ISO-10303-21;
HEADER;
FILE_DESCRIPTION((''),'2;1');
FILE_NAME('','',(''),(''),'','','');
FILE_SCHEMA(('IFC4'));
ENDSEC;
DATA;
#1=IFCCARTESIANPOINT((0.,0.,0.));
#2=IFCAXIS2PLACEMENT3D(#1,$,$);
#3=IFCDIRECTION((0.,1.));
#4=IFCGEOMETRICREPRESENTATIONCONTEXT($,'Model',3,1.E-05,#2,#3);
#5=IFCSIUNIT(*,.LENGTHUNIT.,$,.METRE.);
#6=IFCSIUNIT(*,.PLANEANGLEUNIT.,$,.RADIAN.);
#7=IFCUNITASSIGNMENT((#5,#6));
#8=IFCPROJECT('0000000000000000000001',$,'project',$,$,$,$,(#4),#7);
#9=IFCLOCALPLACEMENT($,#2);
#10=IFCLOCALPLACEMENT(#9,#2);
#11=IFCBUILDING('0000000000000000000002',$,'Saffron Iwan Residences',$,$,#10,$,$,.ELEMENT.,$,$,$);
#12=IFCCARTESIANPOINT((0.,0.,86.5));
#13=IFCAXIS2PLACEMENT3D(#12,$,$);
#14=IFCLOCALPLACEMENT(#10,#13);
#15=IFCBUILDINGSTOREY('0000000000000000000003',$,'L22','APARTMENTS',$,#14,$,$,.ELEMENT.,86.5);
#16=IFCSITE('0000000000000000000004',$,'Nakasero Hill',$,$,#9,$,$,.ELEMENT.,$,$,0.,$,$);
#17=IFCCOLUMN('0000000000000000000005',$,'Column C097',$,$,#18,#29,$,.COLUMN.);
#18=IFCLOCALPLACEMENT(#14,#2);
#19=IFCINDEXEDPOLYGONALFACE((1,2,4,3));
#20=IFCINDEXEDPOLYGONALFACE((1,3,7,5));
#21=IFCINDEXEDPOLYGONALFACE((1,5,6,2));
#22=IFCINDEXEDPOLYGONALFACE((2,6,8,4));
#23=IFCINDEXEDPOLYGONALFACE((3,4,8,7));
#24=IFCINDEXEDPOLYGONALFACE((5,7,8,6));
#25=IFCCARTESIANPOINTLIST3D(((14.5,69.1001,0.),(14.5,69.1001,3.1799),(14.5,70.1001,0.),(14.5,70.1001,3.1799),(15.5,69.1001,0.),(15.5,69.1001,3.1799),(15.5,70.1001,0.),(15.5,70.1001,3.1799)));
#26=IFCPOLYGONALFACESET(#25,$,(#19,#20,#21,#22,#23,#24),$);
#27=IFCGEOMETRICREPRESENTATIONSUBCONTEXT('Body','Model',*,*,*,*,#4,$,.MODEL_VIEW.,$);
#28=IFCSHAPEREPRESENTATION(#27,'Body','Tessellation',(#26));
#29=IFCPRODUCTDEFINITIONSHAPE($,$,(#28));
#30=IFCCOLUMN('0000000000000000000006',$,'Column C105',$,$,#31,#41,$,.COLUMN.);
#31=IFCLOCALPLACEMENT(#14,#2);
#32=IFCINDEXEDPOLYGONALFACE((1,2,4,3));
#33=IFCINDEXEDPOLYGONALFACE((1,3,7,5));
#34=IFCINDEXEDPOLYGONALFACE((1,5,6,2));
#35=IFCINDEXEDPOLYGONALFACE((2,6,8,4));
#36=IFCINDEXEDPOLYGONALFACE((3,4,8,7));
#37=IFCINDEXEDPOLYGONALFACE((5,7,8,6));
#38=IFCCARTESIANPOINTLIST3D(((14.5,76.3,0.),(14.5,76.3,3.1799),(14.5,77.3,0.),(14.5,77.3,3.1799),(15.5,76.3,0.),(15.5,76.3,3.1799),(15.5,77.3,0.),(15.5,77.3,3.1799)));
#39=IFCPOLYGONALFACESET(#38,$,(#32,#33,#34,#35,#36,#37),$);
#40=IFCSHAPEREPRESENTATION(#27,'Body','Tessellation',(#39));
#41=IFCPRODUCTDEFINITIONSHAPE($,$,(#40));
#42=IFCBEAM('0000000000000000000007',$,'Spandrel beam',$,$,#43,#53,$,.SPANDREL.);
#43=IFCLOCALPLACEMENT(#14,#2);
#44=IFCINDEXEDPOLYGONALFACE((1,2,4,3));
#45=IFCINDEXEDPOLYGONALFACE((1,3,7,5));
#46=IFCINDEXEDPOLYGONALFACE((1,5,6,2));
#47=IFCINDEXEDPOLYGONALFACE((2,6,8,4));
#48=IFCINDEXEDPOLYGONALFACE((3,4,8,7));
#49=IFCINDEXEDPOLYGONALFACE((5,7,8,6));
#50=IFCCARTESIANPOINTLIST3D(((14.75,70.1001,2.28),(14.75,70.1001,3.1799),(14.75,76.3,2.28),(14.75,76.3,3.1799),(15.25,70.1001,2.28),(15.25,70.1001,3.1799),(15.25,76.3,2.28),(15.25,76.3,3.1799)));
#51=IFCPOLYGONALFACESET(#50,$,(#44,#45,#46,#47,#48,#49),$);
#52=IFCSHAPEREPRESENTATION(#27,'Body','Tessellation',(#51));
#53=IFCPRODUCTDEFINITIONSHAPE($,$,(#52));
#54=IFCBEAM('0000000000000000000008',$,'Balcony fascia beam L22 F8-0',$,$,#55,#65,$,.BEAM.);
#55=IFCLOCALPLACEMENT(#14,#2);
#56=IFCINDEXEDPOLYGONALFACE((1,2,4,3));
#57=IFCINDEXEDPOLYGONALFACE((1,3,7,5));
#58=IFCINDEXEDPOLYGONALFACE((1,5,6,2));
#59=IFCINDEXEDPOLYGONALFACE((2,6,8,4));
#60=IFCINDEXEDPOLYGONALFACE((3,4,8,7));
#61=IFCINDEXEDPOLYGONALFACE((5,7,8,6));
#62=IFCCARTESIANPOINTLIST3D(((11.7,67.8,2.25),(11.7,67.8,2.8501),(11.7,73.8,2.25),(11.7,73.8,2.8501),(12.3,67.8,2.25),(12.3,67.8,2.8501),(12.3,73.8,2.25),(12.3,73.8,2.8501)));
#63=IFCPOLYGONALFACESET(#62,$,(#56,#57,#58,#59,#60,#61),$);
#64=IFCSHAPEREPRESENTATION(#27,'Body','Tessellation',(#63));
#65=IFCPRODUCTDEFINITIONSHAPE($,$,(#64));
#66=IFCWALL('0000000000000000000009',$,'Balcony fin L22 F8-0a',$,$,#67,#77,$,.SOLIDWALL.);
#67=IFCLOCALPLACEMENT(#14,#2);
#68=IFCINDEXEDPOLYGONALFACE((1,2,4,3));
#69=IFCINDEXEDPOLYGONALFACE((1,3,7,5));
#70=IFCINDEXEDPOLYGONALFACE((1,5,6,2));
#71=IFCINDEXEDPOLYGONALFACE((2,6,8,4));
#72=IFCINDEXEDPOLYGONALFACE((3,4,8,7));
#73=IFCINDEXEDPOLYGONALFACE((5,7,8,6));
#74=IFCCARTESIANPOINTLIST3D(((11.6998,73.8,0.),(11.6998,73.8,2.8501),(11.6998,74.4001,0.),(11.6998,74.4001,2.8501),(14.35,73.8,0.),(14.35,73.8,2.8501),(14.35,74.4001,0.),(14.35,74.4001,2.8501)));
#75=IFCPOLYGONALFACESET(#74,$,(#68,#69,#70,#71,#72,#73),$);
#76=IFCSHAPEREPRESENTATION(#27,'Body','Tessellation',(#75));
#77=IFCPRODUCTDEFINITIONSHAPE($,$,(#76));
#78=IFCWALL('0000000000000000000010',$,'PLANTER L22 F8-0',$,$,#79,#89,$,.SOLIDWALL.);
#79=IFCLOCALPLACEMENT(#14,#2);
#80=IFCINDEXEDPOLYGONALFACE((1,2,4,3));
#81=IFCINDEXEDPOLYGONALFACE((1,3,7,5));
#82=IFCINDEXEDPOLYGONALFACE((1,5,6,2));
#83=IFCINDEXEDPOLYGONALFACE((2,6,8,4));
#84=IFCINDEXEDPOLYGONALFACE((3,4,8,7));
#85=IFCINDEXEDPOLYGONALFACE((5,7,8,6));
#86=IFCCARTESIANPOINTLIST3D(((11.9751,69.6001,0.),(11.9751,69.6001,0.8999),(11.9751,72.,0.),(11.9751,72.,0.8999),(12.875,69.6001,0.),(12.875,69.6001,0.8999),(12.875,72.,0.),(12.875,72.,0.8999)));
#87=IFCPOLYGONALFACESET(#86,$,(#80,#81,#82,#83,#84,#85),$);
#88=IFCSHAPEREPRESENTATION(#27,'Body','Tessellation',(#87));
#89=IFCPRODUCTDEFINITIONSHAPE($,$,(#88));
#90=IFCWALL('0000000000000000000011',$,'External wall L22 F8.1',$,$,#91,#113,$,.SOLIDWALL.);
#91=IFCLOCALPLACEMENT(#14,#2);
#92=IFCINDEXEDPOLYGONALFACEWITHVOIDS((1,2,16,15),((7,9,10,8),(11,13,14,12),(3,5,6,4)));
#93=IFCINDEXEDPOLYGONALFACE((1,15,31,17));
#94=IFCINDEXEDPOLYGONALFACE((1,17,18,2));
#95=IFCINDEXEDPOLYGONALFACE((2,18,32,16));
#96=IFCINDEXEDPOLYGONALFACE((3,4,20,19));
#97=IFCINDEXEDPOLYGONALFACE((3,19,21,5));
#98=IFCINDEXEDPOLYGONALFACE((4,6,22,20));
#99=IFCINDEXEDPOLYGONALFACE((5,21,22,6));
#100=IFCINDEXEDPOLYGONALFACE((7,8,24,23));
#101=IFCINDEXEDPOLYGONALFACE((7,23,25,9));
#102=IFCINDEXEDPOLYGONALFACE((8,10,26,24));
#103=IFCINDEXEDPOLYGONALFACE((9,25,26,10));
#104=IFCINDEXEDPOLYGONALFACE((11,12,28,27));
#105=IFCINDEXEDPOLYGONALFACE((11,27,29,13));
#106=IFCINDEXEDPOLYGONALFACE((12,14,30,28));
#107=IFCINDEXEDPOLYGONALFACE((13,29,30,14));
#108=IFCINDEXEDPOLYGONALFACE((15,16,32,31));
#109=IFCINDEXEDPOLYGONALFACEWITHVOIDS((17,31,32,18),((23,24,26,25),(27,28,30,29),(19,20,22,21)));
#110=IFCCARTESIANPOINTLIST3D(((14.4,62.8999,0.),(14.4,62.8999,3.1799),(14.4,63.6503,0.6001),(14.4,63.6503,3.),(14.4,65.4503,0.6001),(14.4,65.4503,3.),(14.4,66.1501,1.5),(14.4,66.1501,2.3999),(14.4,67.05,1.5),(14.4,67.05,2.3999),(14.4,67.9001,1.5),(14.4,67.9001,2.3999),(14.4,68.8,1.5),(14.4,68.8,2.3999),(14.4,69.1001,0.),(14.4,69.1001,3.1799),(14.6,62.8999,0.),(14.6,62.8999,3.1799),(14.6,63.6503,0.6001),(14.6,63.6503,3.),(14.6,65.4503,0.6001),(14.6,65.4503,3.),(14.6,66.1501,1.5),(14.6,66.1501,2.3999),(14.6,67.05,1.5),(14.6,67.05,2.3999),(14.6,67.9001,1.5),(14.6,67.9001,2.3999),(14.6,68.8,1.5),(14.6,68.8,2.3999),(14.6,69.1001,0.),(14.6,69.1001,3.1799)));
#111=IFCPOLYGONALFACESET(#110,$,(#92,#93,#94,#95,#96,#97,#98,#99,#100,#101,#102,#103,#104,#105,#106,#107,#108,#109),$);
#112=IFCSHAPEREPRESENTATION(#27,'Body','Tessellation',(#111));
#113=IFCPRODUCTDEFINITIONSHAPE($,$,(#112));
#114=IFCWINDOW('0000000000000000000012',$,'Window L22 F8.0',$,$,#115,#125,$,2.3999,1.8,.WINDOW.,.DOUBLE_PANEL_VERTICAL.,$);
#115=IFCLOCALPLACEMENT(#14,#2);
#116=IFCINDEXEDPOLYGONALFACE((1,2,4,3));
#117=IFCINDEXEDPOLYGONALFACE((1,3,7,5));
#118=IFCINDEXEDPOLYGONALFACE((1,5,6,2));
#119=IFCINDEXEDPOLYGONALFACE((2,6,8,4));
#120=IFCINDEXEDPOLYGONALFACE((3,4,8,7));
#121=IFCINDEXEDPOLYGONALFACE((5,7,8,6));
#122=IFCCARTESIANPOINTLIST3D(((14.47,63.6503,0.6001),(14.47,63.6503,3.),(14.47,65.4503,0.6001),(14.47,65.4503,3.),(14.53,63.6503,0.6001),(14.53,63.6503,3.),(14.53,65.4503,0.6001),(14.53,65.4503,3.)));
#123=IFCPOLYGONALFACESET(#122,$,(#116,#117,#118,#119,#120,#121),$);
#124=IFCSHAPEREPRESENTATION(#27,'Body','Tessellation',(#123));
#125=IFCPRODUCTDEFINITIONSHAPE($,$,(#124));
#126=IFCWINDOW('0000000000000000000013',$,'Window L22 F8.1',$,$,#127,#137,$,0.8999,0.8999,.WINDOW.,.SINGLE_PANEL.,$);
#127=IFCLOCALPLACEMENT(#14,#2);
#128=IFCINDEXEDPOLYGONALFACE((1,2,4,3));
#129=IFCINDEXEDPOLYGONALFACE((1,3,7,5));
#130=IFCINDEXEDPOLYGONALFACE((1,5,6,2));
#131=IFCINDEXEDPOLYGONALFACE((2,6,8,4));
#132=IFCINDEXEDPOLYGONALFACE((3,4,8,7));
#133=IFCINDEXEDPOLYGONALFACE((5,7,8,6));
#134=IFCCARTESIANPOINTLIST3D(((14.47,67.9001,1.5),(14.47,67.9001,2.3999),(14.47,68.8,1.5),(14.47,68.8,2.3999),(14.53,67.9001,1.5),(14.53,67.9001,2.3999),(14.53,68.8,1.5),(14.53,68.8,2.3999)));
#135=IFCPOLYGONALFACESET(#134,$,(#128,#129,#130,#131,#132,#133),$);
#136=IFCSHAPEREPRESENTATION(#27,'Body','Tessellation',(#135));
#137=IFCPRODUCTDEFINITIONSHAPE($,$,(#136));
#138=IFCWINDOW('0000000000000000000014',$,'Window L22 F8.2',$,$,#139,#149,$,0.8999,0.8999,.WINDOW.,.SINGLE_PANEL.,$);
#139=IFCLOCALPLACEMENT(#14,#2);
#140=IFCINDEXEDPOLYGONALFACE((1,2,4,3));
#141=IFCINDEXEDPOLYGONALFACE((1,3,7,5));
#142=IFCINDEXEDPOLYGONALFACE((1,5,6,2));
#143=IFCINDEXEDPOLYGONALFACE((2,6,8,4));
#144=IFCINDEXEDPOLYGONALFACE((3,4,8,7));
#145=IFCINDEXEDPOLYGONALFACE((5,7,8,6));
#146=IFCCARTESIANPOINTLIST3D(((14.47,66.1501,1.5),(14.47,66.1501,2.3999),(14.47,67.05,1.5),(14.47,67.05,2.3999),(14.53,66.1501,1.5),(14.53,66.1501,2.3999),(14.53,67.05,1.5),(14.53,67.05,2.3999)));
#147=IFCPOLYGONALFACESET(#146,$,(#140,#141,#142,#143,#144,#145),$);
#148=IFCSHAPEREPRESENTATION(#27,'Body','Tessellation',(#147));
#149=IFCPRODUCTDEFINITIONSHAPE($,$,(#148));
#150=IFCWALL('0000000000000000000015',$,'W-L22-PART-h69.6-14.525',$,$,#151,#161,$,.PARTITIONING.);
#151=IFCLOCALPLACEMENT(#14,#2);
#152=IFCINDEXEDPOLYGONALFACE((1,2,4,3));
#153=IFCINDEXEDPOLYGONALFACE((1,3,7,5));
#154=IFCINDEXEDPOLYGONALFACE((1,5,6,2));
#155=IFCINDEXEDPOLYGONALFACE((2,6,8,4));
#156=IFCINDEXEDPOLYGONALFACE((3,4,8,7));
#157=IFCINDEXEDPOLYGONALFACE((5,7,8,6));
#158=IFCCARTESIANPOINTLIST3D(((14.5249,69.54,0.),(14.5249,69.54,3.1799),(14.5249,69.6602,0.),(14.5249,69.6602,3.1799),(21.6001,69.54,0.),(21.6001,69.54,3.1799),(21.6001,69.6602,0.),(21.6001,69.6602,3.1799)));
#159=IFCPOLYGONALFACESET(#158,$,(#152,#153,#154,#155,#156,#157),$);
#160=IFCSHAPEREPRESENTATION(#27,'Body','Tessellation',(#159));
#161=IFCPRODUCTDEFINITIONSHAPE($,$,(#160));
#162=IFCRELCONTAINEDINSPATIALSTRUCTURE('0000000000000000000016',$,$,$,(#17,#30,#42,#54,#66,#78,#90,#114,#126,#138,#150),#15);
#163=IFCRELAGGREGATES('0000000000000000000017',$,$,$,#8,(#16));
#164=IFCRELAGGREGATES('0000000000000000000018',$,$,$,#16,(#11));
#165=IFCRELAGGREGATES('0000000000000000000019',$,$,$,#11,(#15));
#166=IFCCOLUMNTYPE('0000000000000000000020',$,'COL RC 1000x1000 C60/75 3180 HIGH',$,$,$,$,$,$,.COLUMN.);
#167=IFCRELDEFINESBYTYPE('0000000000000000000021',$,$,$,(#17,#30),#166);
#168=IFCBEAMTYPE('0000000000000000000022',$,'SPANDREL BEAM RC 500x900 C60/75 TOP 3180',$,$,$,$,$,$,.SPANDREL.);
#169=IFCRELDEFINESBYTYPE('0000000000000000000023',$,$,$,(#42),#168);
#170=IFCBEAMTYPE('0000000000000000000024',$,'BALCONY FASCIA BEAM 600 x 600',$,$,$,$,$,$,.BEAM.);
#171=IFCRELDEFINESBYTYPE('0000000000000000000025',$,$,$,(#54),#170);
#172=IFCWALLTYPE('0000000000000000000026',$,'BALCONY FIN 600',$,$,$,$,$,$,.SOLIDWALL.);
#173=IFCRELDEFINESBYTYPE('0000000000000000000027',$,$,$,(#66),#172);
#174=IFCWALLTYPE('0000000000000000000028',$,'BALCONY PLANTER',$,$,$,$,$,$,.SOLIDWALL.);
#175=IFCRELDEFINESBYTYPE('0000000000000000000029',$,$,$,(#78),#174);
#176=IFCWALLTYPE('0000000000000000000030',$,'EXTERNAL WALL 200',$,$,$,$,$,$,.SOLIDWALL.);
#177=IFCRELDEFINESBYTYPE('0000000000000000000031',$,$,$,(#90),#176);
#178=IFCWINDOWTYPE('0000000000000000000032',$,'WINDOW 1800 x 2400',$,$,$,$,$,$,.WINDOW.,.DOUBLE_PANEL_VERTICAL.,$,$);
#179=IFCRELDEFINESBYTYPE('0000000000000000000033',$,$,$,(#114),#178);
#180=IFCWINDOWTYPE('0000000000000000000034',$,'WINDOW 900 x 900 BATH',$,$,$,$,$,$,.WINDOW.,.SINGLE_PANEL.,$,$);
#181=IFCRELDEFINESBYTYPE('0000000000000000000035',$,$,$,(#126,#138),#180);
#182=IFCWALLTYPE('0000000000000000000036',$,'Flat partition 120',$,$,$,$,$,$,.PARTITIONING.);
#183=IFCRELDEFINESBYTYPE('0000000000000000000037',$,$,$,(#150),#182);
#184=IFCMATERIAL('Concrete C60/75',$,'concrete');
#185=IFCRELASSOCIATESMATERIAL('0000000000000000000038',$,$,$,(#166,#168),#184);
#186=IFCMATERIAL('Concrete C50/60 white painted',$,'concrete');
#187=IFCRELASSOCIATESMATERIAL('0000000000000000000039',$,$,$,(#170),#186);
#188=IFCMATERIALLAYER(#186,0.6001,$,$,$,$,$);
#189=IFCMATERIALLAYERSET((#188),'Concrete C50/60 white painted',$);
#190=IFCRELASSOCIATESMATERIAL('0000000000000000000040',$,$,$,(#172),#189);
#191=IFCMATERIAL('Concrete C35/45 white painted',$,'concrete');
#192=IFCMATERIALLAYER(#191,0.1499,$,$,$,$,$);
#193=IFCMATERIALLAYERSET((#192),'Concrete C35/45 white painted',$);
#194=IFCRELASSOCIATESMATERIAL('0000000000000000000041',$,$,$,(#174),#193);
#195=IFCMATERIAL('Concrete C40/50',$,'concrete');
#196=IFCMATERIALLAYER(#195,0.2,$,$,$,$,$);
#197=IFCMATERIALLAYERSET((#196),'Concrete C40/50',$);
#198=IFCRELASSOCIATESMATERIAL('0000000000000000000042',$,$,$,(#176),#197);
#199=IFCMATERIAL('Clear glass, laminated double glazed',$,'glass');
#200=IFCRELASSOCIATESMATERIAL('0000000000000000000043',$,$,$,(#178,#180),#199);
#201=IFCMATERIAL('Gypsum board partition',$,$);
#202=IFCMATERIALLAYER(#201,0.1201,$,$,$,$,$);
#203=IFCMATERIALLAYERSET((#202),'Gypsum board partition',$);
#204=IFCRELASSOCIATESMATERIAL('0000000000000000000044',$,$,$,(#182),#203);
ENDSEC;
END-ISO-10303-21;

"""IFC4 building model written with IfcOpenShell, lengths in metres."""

from ifc_helpers import new_model, si_unit, direction, frame, frame_2d, origin, origin_2d, place, context, subcontext, project, spatial, rectangle, extrude, source, transform, mapped, material, layer, layer_set, material_profile, profile_set, type_object, element, fill, save


model = new_model("IFC4")

# Units and contexts
model_context = context("Model", 3, precision=1e-05, world=origin(), true_north=direction((0.0, 1.0)))
body_context = subcontext(model_context, "Body", "Model", "MODEL_VIEW")
ifc_project = project(units=[si_unit("LENGTHUNIT", "METRE"), si_unit("PLANEANGLEUNIT", "RADIAN")], contexts=[model_context])

# Site, building, storey
site_placement = place(None, origin())
site = spatial("IfcSite", under=ifc_project, at=site_placement, Name="Nakasero Hill", CompositionType="ELEMENT", RefElevation=0.0)
building_placement = place(site_placement, origin())
building = spatial("IfcBuilding", under=site, at=building_placement, Name="Saffron Iwan Residences", CompositionType="ELEMENT")
storey_placement = place(building_placement, frame((0.0, 0.0, 86.5)))
storey = spatial("IfcBuildingStorey", under=building, at=storey_placement, Name="L22", Description="APARTMENTS", CompositionType="ELEMENT", Elevation=86.5)

# Columns
ifc_material_1 = material(Name="Concrete C60/75", Category="concrete")
ifc_material_profile_1 = material_profile(ifc_material_1, rectangle(XDim=1.0, YDim=1.0, at=origin_2d()), Name="RC 1000x1000")
ifc_profile_set_1 = profile_set([ifc_material_profile_1], Name="Concrete C60/75")
column_type = type_object("IfcColumnType", Name="COL RC 1000x1000 C60/75 3180 HIGH", PredefinedType="COLUMN", material=ifc_profile_set_1)
shared_shape_1 = source(origin(), body_context, "Body", "SweptSolid", [
    extrude(rectangle(XDim=1.0, YDim=1.0, at=origin_2d()), origin(), (0.0, 0.0, 1.0), 3.1799),
])
for number, where, z_axis, x_axis, name in (
    (1, (15.0, 69.6001, 0.0), (0.0, 0.0, 1.0), (1.0, 0.0, 0.0), "Column C097"),
    (2, (15.0, 76.8, 0.0), (0.0, 0.0, 1.0), (1.0, 0.0, 0.0), "Column C105"),
):
    element("IfcColumn", number, at=place(storey_placement, frame(where, z_axis=z_axis, x_axis=x_axis)), inside=storey, type_object=column_type, Name=name, PredefinedType="COLUMN", context=body_context, shape_type="MappedRepresentation", body=[
        mapped(shared_shape_1, transform((0.0, 0.0, 0.0))),
    ])

# Beams
ifc_material_profile_2 = material_profile(ifc_material_1, rectangle(XDim=0.5, YDim=0.8999, at=origin_2d()), Name="RC 500x900")
ifc_profile_set_2 = profile_set([ifc_material_profile_2], Name="Concrete C60/75")
beam_type_1 = type_object("IfcBeamType", Name="SPANDREL BEAM RC 500x900 C60/75 TOP 3180", PredefinedType="SPANDREL", material=ifc_profile_set_2)
shared_shape_2 = source(origin(), body_context, "Body", "SweptSolid", [
    extrude(rectangle(XDim=0.5, YDim=0.8999, at=origin_2d()), origin(), (0.0, 0.0, 1.0), 6.2),
])
beam_1_placement = place(storey_placement, frame((15.0, 70.1001, 2.73), z_axis=(0.0, 1.0, 0.0), x_axis=(-1.0, 0.0, 0.0)))
element("IfcBeam", 3, at=beam_1_placement, inside=storey, type_object=beam_type_1, Name="Spandrel beam", PredefinedType="SPANDREL", context=body_context, shape_type="MappedRepresentation", body=[
    mapped(shared_shape_2, transform((0.0, 0.0, 0.0))),
])
ifc_material_2 = material(Name="Concrete C50/60 white painted", Category="concrete")
ifc_material_profile_3 = material_profile(ifc_material_2, rectangle(XDim=0.6001, YDim=0.6001, at=origin_2d()), Name="BALCONY FASCIA BEAM 600 x 600")
ifc_profile_set_3 = profile_set([ifc_material_profile_3], Name="Concrete C50/60 white painted")
beam_type_2 = type_object("IfcBeamType", Name="BALCONY FASCIA BEAM 600 x 600", PredefinedType="BEAM", material=ifc_profile_set_3)
shared_shape_3 = source(origin(), body_context, "Body", "SweptSolid", [
    extrude(rectangle(XDim=0.6001, YDim=0.6001, at=origin_2d()), origin(), (0.0, 0.0, 1.0), 6.0),
])
beam_2_placement = place(storey_placement, frame((12.0, 73.8, 2.55), z_axis=(0.0, -1.0, 0.0), x_axis=(1.0, 0.0, 0.0)))
element("IfcBeam", 4, at=beam_2_placement, inside=storey, type_object=beam_type_2, Name="Balcony fascia beam L22 F8-0", PredefinedType="BEAM", context=body_context, shape_type="MappedRepresentation", body=[
    mapped(shared_shape_3, transform((0.0, 0.0, 0.0))),
])

# Walls
ifc_layer_1 = layer(ifc_material_2, 0.6001)
ifc_layer_set_1 = layer_set([ifc_layer_1], Name="Concrete C50/60 white painted")
wall_type_1 = type_object("IfcWallType", Name="BALCONY FIN 600", PredefinedType="SOLIDWALL", material=ifc_layer_set_1)
wall_1_placement = place(storey_placement, frame((14.3501, 74.1001, 0.0), z_axis=(0.0, 0.0, 1.0), x_axis=(-1.0, 0.0, 0.0)))
element("IfcWall", 5, at=wall_1_placement, inside=storey, type_object=wall_type_1, Name="Balcony fin L22 F8-0a", PredefinedType="SOLIDWALL", context=body_context, shape_type="SweptSolid", body=[
    extrude(rectangle(XDim=2.6501, YDim=0.6001, at=frame_2d((1.3252, 0.0))), origin(), (0.0, 0.0, 1.0), 2.8501),
])
ifc_material_3 = material(Name="Concrete C35/45 white painted", Category="concrete")
ifc_layer_2 = layer(ifc_material_3, 0.1499)
ifc_layer_set_2 = layer_set([ifc_layer_2], Name="Concrete C35/45 white painted")
wall_type_2 = type_object("IfcWallType", Name="BALCONY PLANTER", PredefinedType="SOLIDWALL", material=ifc_layer_set_2)
wall_2_placement = place(storey_placement, frame((12.425, 72.0, 0.0), z_axis=(0.0, 0.0, 1.0), x_axis=(0.0, -1.0, 0.0)))
element("IfcWall", 6, at=wall_2_placement, inside=storey, type_object=wall_type_2, Name="PLANTER L22 F8-0", PredefinedType="SOLIDWALL", context=body_context, shape_type="SweptSolid", body=[
    extrude(rectangle(XDim=2.3999, YDim=0.8999, at=frame_2d((1.2, 0.0))), origin(), (0.0, 0.0, 1.0), 0.8999),
])

# Shared definitions
ifc_material_4 = material(Name="Concrete C40/50", Category="concrete")
ifc_layer_3 = layer(ifc_material_4, 0.2)
ifc_layer_set_3 = layer_set([ifc_layer_3], Name="Concrete C40/50")
wall_type_3 = type_object("IfcWallType", Name="EXTERNAL WALL 200", PredefinedType="SOLIDWALL", material=ifc_layer_set_3)
ifc_material_5 = material(Name="Clear glass, laminated double glazed", Category="glass")

# Wall, openings, windows
wall_3_placement = place(storey_placement, frame((14.5, 69.1001, 0.0), z_axis=(0.0, 0.0, 1.0), x_axis=(0.0, -1.0, 0.0)))
wall_3 = element("IfcWall", 7, at=wall_3_placement, inside=storey, type_object=wall_type_3, Name="External wall L22 F8.1", PredefinedType="SOLIDWALL", context=body_context, shape_type="SweptSolid", body=[
    extrude(rectangle(XDim=6.2002, YDim=0.2, at=frame_2d((3.1001, 0.0))), origin(), (0.0, 0.0, 1.0), 3.1799),
])
opening_1_placement = place(wall_3_placement, frame((3.6499, 0.0, 0.6001)))
opening_1 = element("IfcOpeningElement", 8, at=opening_1_placement, cuts=wall_3, PredefinedType="OPENING", context=body_context, shape_type="SweptSolid", body=[
    extrude(rectangle(XDim=1.8, YDim=2.3999, at=frame_2d((0.8999, 1.2))), frame((0.0, 0.1099, 0.0), z_axis=(0.0, -1.0, 0.0), x_axis=(1.0, 0.0, 0.0)), (0.0, 0.0, 1.0), 0.22),
])
opening_2_placement = place(wall_3_placement, frame((0.3, 0.0, 1.5)))
opening_2 = element("IfcOpeningElement", 9, at=opening_2_placement, cuts=wall_3, PredefinedType="OPENING", context=body_context, shape_type="SweptSolid", body=[
    extrude(rectangle(XDim=0.8999, YDim=0.8999, at=frame_2d((0.45, 0.45))), frame((0.0, 0.1099, 0.0), z_axis=(0.0, -1.0, 0.0), x_axis=(1.0, 0.0, 0.0)), (0.0, 0.0, 1.0), 0.22),
])
opening_3_placement = place(wall_3_placement, frame((2.05, 0.0, 1.5)))
opening_3 = element("IfcOpeningElement", 10, at=opening_3_placement, cuts=wall_3, PredefinedType="OPENING", context=body_context, shape_type="SweptSolid", body=[
    extrude(rectangle(XDim=0.8999, YDim=0.8999, at=frame_2d((0.45, 0.45))), frame((0.0, 0.1099, 0.0), z_axis=(0.0, -1.0, 0.0), x_axis=(1.0, 0.0, 0.0)), (0.0, 0.0, 1.0), 0.22),
])
window_type_1 = type_object("IfcWindowType", Name="WINDOW 1800 x 2400", PartitioningType="DOUBLE_PANEL_VERTICAL", PredefinedType="WINDOW", material=ifc_material_5)
window_1_placement = place(opening_1_placement, origin())
window_1 = element("IfcWindow", 11, at=window_1_placement, inside=storey, type_object=window_type_1, Name="Window L22 F8.0", OverallHeight=2.3999, OverallWidth=1.8, PartitioningType="DOUBLE_PANEL_VERTICAL", PredefinedType="WINDOW", context=body_context, shape_type="SweptSolid", body=[
    extrude(rectangle(XDim=1.8, YDim=2.3999, at=frame_2d((0.8999, 1.2))), frame((0.0, 0.03, 0.0), z_axis=(0.0, -1.0, 0.0), x_axis=(1.0, 0.0, 0.0)), (0.0, 0.0, 1.0), 0.0601),
])
fill(opening_1, window_1)
window_type_2 = type_object("IfcWindowType", Name="WINDOW 900 x 900 BATH", PartitioningType="SINGLE_PANEL", PredefinedType="WINDOW", material=ifc_material_5)
window_2_placement = place(opening_2_placement, origin())
window_2 = element("IfcWindow", 12, at=window_2_placement, inside=storey, type_object=window_type_2, Name="Window L22 F8.1", OverallHeight=0.8999, OverallWidth=0.8999, PartitioningType="SINGLE_PANEL", PredefinedType="WINDOW", context=body_context, shape_type="SweptSolid", body=[
    extrude(rectangle(XDim=0.8999, YDim=0.8999, at=frame_2d((0.45, 0.45))), frame((0.0, 0.03, 0.0), z_axis=(0.0, -1.0, 0.0), x_axis=(1.0, 0.0, 0.0)), (0.0, 0.0, 1.0), 0.0601),
])
fill(opening_2, window_2)
window_3_placement = place(opening_3_placement, origin())
window_3 = element("IfcWindow", 13, at=window_3_placement, inside=storey, type_object=window_type_2, Name="Window L22 F8.2", OverallHeight=0.8999, OverallWidth=0.8999, PartitioningType="SINGLE_PANEL", PredefinedType="WINDOW", context=body_context, shape_type="SweptSolid", body=[
    extrude(rectangle(XDim=0.8999, YDim=0.8999, at=frame_2d((0.45, 0.45))), frame((0.0, 0.03, 0.0), z_axis=(0.0, -1.0, 0.0), x_axis=(1.0, 0.0, 0.0)), (0.0, 0.0, 1.0), 0.0601),
])
fill(opening_3, window_3)

# Wall
ifc_material_6 = material(Name="Gypsum board partition")
ifc_layer_4 = layer(ifc_material_6, 0.1201)
ifc_layer_set_4 = layer_set([ifc_layer_4], Name="Gypsum board partition")
wall_type_4 = type_object("IfcWallType", Name="Flat partition 120", PredefinedType="PARTITIONING", material=ifc_layer_set_4)
wall_4_placement = place(storey_placement, frame((14.5249, 69.6001, 0.0), z_axis=(0.0, 0.0, 1.0), x_axis=(1.0, 0.0, 0.0)))
element("IfcWall", 14, at=wall_4_placement, inside=storey, type_object=wall_type_4, Name="W-L22-PART-h69.6-14.525", PredefinedType="PARTITIONING", context=body_context, shape_type="SweptSolid", body=[
    extrude(rectangle(XDim=7.0752, YDim=0.1201, at=frame_2d((3.5376, 0.0))), origin(), (0.0, 0.0, 1.0), 3.1799),
])

save(model, "model.ifc")
